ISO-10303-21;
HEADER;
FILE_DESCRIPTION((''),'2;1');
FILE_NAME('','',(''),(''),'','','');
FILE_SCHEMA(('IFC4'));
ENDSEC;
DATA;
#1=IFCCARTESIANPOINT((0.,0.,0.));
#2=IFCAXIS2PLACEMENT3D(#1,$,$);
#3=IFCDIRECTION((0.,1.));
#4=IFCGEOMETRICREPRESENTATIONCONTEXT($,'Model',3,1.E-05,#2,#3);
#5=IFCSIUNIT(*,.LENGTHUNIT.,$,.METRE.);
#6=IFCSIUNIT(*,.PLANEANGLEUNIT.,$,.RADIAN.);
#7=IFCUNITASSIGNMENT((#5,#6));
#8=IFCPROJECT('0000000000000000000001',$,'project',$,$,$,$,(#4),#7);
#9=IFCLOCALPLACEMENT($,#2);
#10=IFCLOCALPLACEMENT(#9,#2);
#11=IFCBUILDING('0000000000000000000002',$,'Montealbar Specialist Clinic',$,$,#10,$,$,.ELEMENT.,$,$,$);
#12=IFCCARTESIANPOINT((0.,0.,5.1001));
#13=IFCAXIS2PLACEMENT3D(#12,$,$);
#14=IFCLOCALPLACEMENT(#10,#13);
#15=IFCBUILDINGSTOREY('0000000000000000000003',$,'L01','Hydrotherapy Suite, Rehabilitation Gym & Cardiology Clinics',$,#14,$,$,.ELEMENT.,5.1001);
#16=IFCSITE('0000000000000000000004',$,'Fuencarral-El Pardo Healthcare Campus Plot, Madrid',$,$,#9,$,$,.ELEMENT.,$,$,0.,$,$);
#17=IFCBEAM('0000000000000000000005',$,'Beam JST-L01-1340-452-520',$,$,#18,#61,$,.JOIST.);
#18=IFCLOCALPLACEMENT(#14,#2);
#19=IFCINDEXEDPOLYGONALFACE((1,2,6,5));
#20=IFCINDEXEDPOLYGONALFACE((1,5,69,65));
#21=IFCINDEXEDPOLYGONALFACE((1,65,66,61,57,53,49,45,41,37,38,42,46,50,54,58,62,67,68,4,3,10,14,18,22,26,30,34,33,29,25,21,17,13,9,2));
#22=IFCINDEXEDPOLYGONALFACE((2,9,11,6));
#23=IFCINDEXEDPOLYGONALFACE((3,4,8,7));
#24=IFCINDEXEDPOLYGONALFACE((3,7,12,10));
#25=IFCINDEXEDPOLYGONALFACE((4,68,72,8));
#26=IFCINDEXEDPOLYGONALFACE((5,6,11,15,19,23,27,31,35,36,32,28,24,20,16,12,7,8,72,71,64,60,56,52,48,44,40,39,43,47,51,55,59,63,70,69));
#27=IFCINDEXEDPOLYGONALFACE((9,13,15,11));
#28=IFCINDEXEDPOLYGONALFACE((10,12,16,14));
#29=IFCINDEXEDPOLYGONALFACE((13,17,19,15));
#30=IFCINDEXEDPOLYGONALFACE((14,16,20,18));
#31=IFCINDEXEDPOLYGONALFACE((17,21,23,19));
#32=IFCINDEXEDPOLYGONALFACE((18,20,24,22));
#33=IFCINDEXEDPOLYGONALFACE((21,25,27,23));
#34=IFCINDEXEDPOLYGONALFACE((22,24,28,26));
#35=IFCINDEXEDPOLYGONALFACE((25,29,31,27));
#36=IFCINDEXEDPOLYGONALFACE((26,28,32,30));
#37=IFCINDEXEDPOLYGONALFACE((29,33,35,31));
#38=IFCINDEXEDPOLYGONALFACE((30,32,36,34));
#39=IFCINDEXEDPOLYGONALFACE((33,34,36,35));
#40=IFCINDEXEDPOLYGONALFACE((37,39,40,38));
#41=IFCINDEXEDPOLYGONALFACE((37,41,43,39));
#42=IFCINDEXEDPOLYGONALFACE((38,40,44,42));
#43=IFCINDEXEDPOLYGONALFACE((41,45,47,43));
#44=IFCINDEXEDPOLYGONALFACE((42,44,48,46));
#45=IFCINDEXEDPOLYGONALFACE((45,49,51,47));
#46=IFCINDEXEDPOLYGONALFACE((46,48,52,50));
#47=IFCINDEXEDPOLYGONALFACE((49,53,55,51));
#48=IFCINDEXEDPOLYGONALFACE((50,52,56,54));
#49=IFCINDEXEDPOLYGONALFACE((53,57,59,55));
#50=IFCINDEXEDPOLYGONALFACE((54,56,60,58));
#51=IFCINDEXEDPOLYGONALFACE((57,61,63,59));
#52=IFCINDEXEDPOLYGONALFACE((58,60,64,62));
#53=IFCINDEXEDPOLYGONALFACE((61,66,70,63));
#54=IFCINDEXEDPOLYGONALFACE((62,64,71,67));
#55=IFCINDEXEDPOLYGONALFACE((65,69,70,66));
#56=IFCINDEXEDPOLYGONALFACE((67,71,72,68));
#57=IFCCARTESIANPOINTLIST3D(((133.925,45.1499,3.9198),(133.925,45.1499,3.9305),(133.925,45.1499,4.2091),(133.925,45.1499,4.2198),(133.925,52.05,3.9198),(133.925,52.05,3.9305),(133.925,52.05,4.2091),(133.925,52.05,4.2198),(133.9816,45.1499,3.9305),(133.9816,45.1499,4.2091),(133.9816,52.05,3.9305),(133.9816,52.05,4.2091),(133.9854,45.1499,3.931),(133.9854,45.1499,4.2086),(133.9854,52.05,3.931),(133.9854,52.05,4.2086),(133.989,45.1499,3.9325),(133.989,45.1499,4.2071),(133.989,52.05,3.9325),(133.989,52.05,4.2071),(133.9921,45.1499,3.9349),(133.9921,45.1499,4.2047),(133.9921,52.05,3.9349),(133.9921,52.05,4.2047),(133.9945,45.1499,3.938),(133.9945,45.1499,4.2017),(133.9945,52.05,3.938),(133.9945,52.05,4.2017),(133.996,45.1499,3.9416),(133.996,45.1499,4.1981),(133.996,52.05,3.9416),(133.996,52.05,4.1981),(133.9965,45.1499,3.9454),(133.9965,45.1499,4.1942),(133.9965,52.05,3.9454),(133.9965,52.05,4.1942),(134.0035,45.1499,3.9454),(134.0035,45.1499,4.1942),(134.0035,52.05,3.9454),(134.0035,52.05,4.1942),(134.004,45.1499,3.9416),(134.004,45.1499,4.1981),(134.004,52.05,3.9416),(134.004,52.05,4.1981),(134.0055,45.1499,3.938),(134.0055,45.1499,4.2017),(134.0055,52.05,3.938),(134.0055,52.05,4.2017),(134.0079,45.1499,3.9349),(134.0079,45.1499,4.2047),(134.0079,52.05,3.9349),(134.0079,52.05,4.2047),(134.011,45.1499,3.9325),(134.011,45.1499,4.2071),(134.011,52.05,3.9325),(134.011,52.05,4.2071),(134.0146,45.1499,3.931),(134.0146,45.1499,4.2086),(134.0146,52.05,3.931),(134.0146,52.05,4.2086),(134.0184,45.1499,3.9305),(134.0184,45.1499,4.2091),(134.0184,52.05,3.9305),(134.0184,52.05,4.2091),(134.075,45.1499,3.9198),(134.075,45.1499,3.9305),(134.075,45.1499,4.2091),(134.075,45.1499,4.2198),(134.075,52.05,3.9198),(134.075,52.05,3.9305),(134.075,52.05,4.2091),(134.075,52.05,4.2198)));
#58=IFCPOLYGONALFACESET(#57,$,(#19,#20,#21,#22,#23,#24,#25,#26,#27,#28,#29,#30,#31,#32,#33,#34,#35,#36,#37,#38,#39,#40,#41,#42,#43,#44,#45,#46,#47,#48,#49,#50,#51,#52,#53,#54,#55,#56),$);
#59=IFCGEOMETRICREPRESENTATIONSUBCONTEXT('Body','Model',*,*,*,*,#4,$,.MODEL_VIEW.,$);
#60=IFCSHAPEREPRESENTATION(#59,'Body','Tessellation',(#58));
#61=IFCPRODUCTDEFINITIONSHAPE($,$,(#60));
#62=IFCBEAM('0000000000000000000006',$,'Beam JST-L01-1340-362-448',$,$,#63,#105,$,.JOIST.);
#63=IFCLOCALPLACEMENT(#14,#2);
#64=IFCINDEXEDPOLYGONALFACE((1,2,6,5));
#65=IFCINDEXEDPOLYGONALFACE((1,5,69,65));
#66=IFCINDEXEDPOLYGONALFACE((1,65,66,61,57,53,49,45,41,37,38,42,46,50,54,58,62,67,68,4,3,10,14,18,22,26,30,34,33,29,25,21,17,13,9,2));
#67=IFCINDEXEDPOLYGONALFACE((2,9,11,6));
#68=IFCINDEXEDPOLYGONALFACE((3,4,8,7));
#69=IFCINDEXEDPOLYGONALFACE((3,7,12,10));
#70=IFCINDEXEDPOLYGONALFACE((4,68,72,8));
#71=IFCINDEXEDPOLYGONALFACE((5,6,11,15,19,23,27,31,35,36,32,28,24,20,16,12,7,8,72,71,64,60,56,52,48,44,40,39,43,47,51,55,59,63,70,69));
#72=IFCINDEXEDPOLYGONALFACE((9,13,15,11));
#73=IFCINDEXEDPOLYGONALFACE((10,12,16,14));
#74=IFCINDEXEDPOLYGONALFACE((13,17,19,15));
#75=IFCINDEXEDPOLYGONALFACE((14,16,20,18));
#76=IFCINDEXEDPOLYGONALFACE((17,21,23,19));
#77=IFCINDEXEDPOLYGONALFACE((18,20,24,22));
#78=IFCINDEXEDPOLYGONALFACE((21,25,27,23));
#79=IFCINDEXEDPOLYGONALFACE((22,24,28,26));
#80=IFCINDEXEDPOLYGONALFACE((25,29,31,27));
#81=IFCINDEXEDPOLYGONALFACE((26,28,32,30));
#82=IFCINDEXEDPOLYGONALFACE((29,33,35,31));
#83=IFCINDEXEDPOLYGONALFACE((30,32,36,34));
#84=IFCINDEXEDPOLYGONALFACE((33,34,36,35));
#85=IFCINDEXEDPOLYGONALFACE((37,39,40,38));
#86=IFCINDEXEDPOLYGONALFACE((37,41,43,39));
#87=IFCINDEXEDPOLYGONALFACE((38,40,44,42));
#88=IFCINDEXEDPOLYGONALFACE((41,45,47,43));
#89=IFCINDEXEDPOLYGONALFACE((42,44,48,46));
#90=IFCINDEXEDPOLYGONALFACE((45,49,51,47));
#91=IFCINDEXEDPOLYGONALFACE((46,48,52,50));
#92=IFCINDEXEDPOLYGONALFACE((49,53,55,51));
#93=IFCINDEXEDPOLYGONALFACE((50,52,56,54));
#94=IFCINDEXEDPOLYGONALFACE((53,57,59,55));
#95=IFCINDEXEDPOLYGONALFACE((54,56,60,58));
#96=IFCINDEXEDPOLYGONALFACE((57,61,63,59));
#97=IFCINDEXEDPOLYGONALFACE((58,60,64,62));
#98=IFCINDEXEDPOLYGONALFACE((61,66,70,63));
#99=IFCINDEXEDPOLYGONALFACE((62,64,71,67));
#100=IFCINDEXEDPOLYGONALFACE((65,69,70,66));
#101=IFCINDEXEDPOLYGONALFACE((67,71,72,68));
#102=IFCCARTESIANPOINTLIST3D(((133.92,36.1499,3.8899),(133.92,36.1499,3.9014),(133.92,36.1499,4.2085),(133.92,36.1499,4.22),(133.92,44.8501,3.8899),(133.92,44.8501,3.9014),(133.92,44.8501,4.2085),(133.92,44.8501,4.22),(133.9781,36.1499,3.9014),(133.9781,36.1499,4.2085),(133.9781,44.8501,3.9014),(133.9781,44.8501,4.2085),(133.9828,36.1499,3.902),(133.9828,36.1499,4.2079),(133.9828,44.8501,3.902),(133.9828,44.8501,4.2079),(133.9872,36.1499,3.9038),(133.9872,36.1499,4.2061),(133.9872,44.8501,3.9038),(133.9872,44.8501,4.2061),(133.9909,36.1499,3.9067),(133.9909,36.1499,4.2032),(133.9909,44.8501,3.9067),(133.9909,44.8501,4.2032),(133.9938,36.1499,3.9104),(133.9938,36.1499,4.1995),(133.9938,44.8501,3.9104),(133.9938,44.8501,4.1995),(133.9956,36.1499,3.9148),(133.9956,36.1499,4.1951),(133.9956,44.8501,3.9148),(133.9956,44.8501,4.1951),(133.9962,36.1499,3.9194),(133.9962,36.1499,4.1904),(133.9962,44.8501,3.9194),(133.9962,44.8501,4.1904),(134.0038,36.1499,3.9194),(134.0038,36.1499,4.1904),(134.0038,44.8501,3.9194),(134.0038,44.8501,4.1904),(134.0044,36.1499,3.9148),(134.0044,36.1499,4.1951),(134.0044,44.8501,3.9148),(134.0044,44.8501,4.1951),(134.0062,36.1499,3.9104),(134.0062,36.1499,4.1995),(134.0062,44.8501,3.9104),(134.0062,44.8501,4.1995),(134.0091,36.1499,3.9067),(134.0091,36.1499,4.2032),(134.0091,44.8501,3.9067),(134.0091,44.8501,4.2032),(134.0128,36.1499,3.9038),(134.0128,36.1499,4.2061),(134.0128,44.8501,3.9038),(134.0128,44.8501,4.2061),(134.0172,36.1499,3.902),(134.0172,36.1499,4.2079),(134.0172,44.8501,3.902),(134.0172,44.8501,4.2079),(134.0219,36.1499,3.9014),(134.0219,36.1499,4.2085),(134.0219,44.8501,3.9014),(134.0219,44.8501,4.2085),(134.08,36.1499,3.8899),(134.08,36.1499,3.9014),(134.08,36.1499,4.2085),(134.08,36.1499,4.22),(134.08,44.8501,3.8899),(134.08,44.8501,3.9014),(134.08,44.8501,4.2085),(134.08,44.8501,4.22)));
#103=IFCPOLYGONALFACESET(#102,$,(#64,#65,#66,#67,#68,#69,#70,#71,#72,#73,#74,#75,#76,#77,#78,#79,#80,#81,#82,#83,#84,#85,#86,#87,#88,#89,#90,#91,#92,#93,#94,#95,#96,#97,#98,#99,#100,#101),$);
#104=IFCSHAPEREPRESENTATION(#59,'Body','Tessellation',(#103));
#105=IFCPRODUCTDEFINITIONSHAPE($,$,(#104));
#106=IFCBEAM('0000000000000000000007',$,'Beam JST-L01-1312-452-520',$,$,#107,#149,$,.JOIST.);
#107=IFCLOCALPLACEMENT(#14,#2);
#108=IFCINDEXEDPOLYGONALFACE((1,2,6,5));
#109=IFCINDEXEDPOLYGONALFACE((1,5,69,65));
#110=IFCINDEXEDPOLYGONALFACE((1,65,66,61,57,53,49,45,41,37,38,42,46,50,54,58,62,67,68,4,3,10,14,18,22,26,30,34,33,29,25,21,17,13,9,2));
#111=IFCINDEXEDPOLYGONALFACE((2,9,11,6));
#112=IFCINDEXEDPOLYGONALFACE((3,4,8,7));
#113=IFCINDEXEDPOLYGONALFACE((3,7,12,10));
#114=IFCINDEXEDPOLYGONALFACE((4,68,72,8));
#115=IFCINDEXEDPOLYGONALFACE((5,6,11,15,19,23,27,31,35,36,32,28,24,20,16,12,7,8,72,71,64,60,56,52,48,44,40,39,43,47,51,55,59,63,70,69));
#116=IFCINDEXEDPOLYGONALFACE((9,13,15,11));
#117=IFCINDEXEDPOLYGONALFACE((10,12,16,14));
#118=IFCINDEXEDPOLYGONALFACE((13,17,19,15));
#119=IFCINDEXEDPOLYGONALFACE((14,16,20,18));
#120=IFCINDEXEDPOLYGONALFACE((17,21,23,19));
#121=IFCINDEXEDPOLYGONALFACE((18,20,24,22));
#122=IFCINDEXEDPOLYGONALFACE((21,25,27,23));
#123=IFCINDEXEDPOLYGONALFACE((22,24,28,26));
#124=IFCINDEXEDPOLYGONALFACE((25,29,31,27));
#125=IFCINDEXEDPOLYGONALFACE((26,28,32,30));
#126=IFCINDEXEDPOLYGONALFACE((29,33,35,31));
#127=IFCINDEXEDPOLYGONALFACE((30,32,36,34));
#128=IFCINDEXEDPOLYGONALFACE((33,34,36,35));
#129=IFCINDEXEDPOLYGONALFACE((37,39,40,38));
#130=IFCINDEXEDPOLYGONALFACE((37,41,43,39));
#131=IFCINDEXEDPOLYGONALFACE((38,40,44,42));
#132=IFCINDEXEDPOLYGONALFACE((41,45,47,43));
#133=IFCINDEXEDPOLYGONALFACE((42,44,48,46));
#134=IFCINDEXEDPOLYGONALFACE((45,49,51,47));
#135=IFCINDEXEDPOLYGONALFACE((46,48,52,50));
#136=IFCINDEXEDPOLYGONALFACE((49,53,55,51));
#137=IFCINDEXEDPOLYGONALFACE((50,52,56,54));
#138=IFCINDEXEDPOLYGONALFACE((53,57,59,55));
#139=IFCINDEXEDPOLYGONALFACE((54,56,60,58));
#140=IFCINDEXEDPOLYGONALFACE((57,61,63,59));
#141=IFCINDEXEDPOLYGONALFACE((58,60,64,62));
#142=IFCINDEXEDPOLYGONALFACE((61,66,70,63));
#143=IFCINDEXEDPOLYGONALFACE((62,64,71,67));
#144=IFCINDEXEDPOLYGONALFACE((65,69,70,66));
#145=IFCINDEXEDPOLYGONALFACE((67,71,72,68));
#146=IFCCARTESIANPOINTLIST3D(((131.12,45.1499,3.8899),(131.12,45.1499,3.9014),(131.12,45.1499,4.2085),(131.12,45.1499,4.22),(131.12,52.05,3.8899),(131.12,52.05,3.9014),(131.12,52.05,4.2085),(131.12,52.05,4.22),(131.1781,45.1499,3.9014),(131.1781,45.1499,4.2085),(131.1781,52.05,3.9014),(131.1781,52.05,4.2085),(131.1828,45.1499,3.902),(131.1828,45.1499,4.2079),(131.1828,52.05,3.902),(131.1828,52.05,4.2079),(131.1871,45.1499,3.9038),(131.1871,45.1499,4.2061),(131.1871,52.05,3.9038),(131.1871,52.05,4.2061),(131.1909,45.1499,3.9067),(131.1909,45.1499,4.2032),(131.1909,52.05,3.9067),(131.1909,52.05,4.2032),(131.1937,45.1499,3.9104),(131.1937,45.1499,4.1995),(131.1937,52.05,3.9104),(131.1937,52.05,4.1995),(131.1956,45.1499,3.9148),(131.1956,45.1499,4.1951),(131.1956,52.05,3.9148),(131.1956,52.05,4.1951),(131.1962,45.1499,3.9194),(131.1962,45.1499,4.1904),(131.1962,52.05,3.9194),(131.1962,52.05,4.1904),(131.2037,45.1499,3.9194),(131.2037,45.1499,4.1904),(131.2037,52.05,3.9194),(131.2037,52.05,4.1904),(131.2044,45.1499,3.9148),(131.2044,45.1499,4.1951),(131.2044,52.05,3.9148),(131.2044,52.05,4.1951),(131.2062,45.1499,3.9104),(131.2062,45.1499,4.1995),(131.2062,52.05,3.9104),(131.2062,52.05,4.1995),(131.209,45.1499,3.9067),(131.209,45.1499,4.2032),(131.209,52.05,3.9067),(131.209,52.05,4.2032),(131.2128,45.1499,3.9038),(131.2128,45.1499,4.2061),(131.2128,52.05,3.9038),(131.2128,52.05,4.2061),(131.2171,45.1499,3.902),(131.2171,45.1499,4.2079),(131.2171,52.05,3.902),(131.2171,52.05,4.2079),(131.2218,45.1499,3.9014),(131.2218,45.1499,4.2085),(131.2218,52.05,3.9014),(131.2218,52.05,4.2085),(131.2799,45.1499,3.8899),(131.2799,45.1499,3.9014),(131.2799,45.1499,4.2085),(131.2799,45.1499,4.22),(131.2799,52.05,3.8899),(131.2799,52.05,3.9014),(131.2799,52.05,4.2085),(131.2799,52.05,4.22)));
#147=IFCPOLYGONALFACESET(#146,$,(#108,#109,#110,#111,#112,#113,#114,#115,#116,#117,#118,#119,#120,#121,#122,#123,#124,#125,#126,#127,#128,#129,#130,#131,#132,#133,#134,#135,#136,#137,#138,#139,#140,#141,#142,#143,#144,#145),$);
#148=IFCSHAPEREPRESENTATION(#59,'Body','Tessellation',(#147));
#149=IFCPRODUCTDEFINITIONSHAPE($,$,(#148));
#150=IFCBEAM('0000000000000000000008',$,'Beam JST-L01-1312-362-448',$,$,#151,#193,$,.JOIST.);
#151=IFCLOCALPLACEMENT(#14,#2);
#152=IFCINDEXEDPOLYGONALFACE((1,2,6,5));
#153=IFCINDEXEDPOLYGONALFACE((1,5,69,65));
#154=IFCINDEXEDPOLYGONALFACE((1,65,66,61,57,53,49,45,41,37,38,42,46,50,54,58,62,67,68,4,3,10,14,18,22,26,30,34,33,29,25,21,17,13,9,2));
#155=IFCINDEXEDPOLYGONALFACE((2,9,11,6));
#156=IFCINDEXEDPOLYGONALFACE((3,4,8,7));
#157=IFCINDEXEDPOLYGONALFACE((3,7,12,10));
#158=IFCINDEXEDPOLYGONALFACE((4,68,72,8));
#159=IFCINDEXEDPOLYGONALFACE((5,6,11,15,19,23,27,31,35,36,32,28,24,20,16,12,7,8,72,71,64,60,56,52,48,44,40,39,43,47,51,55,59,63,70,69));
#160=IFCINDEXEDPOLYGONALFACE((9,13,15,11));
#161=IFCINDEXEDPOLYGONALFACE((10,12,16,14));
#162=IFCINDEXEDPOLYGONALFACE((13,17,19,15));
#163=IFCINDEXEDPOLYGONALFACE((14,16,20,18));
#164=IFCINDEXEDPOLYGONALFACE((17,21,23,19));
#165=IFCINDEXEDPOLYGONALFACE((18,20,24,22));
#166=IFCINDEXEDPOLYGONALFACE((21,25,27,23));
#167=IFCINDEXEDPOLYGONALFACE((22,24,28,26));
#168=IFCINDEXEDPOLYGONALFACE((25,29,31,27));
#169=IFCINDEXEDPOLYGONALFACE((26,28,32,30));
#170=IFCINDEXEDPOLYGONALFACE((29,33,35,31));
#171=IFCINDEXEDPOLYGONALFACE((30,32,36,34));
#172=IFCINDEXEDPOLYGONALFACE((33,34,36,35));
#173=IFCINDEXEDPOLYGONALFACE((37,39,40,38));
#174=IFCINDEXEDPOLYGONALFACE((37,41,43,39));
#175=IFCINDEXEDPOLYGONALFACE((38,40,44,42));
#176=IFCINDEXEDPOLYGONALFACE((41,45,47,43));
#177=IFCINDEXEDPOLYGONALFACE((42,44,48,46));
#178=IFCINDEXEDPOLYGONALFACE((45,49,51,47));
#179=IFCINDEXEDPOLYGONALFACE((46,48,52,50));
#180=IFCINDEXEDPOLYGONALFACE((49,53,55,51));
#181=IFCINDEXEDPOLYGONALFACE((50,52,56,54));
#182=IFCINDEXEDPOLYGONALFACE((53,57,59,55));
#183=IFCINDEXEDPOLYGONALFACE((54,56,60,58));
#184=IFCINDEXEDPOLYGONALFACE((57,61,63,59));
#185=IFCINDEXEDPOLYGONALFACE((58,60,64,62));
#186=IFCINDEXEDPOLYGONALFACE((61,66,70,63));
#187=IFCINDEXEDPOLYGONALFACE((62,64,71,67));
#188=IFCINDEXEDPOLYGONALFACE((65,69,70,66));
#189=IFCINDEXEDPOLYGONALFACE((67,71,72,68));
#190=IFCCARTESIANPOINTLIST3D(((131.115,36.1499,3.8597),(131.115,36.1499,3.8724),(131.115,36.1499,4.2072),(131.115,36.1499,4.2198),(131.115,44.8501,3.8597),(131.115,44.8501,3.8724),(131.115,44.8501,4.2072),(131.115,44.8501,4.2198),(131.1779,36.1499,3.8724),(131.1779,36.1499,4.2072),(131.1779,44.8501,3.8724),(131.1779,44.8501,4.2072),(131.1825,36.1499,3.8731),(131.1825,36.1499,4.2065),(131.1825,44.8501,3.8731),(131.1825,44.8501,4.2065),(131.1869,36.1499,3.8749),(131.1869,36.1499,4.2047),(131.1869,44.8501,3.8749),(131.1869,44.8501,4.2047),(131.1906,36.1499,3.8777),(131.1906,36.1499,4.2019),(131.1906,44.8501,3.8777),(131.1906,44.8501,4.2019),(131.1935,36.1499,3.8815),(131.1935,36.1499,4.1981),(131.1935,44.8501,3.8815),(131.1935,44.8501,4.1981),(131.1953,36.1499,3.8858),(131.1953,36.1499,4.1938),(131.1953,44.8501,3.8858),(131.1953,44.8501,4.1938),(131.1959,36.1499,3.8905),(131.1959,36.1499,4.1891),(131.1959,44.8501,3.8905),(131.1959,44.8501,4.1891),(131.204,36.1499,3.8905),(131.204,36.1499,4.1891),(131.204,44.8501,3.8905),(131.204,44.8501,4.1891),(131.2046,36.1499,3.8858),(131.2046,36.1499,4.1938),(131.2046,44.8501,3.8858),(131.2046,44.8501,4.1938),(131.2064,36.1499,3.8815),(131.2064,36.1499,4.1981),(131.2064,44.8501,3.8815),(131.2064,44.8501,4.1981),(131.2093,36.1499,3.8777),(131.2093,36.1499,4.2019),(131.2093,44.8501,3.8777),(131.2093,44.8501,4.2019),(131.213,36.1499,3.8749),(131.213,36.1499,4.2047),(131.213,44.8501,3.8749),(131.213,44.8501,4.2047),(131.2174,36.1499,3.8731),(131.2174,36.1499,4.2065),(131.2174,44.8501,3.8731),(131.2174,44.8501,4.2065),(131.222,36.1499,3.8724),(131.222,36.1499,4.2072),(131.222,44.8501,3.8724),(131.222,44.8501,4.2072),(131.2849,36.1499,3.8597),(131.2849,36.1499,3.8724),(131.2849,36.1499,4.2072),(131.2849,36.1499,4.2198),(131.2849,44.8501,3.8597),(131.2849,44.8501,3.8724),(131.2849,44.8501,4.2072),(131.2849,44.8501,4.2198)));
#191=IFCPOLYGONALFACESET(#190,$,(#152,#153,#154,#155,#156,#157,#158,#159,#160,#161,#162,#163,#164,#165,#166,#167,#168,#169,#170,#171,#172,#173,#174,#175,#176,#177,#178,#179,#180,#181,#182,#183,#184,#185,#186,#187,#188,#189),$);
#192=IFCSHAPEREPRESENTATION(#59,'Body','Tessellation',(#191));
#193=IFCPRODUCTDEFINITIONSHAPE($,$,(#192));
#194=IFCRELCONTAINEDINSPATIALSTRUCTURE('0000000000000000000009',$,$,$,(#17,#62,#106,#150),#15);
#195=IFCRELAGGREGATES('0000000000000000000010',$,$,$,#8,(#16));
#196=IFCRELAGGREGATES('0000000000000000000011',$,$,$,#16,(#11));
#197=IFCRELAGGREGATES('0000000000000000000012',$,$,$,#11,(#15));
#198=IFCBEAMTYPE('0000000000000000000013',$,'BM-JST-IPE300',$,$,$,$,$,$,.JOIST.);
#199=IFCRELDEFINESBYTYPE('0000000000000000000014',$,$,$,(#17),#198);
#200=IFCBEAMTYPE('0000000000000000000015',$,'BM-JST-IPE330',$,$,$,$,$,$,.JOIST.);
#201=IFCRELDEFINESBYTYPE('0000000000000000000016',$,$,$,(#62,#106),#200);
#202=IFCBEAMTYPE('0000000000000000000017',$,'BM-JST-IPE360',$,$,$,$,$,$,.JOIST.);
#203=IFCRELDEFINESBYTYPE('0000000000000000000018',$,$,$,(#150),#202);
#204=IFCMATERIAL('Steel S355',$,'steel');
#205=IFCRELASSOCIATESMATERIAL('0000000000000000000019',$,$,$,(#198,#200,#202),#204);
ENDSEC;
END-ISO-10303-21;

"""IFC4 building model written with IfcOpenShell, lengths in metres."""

from ifc_helpers import new_model, si_unit, direction, frame, origin, origin_2d, place, context, subcontext, project, spatial, i_section, extrude, material, material_profile, profile_set, type_object, element, save


model = new_model("IFC4")

# Units and contexts
model_context = context("Model", 3, precision=1e-05, world=origin(), true_north=direction((0.0, 1.0)))
body_context = subcontext(model_context, "Body", "Model", "MODEL_VIEW")
ifc_project = project(units=[si_unit("LENGTHUNIT", "METRE"), si_unit("PLANEANGLEUNIT", "RADIAN")], contexts=[model_context])

# Site, building, storey
site_placement = place(None, origin())
site = spatial("IfcSite", under=ifc_project, at=site_placement, Name="Fuencarral-El Pardo Healthcare Campus Plot, Madrid", CompositionType="ELEMENT", RefElevation=0.0)
building_placement = place(site_placement, origin())
building = spatial("IfcBuilding", under=site, at=building_placement, Name="Montealbar Specialist Clinic", CompositionType="ELEMENT")
storey_placement = place(building_placement, frame((0.0, 0.0, 5.1001)))
storey = spatial("IfcBuildingStorey", under=building, at=storey_placement, Name="L01", Description="Hydrotherapy Suite, Rehabilitation Gym & Cardiology Clinics", CompositionType="ELEMENT", Elevation=5.1001)

# Beams
ifc_material_1 = material(Name="Steel S355", Category="steel")
ifc_material_profile_1 = material_profile(ifc_material_1, i_section(OverallWidth=0.1499, OverallDepth=0.3, WebThickness=0.0071, FlangeThickness=0.0107, FilletRadius=0.0149, at=origin_2d()), Name="IPE 300", Category="steel")
ifc_profile_set_1 = profile_set([ifc_material_profile_1], Name="Steel S355")
beam_type_1 = type_object("IfcBeamType", Name="BM-JST-IPE300", PredefinedType="JOIST", material=ifc_profile_set_1)
beam_1_placement = place(storey_placement, frame((134.0, 45.1499, 4.0698), z_axis=(0.0, 1.0, 0.0), x_axis=(-1.0, 0.0, 0.0)))
element("IfcBeam", 1, at=beam_1_placement, inside=storey, type_object=beam_type_1, Name="Beam JST-L01-1340-452-520", PredefinedType="JOIST", context=body_context, shape_type="SweptSolid", body=[
    extrude(i_section(OverallWidth=0.1499, OverallDepth=0.3, WebThickness=0.0071, FlangeThickness=0.0107, FilletRadius=0.0149, at=origin_2d()), origin(), (0.0, 0.0, 1.0), 6.9001),
])
ifc_material_profile_2 = material_profile(ifc_material_1, i_section(OverallWidth=0.1599, OverallDepth=0.3301, WebThickness=0.0076, FlangeThickness=0.0115, FilletRadius=0.0181, at=origin_2d()), Name="IPE 330", Category="steel")
ifc_profile_set_2 = profile_set([ifc_material_profile_2], Name="Steel S355")
beam_type_2 = type_object("IfcBeamType", Name="BM-JST-IPE330", PredefinedType="JOIST", material=ifc_profile_set_2)
beam_2_placement = place(storey_placement, frame((134.0, 36.1499, 4.0549), z_axis=(0.0, 1.0, 0.0), x_axis=(-1.0, 0.0, 0.0)))
element("IfcBeam", 2, at=beam_2_placement, inside=storey, type_object=beam_type_2, Name="Beam JST-L01-1340-362-448", PredefinedType="JOIST", context=body_context, shape_type="SweptSolid", body=[
    extrude(i_section(OverallWidth=0.1599, OverallDepth=0.3301, WebThickness=0.0076, FlangeThickness=0.0115, FilletRadius=0.0181, at=origin_2d()), origin(), (0.0, 0.0, 1.0), 8.7002),
])
beam_3_placement = place(storey_placement, frame((131.2, 45.1499, 4.0549), z_axis=(0.0, 1.0, 0.0), x_axis=(-1.0, 0.0, 0.0)))
element("IfcBeam", 3, at=beam_3_placement, inside=storey, type_object=beam_type_2, Name="Beam JST-L01-1312-452-520", PredefinedType="JOIST", context=body_context, shape_type="SweptSolid", body=[
    extrude(i_section(OverallWidth=0.1599, OverallDepth=0.3301, WebThickness=0.0076, FlangeThickness=0.0115, FilletRadius=0.0181, at=origin_2d()), origin(), (0.0, 0.0, 1.0), 6.9001),
])
ifc_material_profile_3 = material_profile(ifc_material_1, i_section(OverallWidth=0.1699, OverallDepth=0.3601, WebThickness=0.0081, FlangeThickness=0.0127, FilletRadius=0.0181, at=origin_2d()), Name="IPE 360", Category="steel")
ifc_profile_set_3 = profile_set([ifc_material_profile_3], Name="Steel S355")
beam_type_3 = type_object("IfcBeamType", Name="BM-JST-IPE360", PredefinedType="JOIST", material=ifc_profile_set_3)
beam_4_placement = place(storey_placement, frame((131.2, 36.1499, 4.0398), z_axis=(0.0, 1.0, 0.0), x_axis=(-1.0, 0.0, 0.0)))
element("IfcBeam", 4, at=beam_4_placement, inside=storey, type_object=beam_type_3, Name="Beam JST-L01-1312-362-448", PredefinedType="JOIST", context=body_context, shape_type="SweptSolid", body=[
    extrude(i_section(OverallWidth=0.1699, OverallDepth=0.3601, WebThickness=0.0081, FlangeThickness=0.0127, FilletRadius=0.0181, at=origin_2d()), origin(), (0.0, 0.0, 1.0), 8.7002),
])

save(model, "model.ifc")
